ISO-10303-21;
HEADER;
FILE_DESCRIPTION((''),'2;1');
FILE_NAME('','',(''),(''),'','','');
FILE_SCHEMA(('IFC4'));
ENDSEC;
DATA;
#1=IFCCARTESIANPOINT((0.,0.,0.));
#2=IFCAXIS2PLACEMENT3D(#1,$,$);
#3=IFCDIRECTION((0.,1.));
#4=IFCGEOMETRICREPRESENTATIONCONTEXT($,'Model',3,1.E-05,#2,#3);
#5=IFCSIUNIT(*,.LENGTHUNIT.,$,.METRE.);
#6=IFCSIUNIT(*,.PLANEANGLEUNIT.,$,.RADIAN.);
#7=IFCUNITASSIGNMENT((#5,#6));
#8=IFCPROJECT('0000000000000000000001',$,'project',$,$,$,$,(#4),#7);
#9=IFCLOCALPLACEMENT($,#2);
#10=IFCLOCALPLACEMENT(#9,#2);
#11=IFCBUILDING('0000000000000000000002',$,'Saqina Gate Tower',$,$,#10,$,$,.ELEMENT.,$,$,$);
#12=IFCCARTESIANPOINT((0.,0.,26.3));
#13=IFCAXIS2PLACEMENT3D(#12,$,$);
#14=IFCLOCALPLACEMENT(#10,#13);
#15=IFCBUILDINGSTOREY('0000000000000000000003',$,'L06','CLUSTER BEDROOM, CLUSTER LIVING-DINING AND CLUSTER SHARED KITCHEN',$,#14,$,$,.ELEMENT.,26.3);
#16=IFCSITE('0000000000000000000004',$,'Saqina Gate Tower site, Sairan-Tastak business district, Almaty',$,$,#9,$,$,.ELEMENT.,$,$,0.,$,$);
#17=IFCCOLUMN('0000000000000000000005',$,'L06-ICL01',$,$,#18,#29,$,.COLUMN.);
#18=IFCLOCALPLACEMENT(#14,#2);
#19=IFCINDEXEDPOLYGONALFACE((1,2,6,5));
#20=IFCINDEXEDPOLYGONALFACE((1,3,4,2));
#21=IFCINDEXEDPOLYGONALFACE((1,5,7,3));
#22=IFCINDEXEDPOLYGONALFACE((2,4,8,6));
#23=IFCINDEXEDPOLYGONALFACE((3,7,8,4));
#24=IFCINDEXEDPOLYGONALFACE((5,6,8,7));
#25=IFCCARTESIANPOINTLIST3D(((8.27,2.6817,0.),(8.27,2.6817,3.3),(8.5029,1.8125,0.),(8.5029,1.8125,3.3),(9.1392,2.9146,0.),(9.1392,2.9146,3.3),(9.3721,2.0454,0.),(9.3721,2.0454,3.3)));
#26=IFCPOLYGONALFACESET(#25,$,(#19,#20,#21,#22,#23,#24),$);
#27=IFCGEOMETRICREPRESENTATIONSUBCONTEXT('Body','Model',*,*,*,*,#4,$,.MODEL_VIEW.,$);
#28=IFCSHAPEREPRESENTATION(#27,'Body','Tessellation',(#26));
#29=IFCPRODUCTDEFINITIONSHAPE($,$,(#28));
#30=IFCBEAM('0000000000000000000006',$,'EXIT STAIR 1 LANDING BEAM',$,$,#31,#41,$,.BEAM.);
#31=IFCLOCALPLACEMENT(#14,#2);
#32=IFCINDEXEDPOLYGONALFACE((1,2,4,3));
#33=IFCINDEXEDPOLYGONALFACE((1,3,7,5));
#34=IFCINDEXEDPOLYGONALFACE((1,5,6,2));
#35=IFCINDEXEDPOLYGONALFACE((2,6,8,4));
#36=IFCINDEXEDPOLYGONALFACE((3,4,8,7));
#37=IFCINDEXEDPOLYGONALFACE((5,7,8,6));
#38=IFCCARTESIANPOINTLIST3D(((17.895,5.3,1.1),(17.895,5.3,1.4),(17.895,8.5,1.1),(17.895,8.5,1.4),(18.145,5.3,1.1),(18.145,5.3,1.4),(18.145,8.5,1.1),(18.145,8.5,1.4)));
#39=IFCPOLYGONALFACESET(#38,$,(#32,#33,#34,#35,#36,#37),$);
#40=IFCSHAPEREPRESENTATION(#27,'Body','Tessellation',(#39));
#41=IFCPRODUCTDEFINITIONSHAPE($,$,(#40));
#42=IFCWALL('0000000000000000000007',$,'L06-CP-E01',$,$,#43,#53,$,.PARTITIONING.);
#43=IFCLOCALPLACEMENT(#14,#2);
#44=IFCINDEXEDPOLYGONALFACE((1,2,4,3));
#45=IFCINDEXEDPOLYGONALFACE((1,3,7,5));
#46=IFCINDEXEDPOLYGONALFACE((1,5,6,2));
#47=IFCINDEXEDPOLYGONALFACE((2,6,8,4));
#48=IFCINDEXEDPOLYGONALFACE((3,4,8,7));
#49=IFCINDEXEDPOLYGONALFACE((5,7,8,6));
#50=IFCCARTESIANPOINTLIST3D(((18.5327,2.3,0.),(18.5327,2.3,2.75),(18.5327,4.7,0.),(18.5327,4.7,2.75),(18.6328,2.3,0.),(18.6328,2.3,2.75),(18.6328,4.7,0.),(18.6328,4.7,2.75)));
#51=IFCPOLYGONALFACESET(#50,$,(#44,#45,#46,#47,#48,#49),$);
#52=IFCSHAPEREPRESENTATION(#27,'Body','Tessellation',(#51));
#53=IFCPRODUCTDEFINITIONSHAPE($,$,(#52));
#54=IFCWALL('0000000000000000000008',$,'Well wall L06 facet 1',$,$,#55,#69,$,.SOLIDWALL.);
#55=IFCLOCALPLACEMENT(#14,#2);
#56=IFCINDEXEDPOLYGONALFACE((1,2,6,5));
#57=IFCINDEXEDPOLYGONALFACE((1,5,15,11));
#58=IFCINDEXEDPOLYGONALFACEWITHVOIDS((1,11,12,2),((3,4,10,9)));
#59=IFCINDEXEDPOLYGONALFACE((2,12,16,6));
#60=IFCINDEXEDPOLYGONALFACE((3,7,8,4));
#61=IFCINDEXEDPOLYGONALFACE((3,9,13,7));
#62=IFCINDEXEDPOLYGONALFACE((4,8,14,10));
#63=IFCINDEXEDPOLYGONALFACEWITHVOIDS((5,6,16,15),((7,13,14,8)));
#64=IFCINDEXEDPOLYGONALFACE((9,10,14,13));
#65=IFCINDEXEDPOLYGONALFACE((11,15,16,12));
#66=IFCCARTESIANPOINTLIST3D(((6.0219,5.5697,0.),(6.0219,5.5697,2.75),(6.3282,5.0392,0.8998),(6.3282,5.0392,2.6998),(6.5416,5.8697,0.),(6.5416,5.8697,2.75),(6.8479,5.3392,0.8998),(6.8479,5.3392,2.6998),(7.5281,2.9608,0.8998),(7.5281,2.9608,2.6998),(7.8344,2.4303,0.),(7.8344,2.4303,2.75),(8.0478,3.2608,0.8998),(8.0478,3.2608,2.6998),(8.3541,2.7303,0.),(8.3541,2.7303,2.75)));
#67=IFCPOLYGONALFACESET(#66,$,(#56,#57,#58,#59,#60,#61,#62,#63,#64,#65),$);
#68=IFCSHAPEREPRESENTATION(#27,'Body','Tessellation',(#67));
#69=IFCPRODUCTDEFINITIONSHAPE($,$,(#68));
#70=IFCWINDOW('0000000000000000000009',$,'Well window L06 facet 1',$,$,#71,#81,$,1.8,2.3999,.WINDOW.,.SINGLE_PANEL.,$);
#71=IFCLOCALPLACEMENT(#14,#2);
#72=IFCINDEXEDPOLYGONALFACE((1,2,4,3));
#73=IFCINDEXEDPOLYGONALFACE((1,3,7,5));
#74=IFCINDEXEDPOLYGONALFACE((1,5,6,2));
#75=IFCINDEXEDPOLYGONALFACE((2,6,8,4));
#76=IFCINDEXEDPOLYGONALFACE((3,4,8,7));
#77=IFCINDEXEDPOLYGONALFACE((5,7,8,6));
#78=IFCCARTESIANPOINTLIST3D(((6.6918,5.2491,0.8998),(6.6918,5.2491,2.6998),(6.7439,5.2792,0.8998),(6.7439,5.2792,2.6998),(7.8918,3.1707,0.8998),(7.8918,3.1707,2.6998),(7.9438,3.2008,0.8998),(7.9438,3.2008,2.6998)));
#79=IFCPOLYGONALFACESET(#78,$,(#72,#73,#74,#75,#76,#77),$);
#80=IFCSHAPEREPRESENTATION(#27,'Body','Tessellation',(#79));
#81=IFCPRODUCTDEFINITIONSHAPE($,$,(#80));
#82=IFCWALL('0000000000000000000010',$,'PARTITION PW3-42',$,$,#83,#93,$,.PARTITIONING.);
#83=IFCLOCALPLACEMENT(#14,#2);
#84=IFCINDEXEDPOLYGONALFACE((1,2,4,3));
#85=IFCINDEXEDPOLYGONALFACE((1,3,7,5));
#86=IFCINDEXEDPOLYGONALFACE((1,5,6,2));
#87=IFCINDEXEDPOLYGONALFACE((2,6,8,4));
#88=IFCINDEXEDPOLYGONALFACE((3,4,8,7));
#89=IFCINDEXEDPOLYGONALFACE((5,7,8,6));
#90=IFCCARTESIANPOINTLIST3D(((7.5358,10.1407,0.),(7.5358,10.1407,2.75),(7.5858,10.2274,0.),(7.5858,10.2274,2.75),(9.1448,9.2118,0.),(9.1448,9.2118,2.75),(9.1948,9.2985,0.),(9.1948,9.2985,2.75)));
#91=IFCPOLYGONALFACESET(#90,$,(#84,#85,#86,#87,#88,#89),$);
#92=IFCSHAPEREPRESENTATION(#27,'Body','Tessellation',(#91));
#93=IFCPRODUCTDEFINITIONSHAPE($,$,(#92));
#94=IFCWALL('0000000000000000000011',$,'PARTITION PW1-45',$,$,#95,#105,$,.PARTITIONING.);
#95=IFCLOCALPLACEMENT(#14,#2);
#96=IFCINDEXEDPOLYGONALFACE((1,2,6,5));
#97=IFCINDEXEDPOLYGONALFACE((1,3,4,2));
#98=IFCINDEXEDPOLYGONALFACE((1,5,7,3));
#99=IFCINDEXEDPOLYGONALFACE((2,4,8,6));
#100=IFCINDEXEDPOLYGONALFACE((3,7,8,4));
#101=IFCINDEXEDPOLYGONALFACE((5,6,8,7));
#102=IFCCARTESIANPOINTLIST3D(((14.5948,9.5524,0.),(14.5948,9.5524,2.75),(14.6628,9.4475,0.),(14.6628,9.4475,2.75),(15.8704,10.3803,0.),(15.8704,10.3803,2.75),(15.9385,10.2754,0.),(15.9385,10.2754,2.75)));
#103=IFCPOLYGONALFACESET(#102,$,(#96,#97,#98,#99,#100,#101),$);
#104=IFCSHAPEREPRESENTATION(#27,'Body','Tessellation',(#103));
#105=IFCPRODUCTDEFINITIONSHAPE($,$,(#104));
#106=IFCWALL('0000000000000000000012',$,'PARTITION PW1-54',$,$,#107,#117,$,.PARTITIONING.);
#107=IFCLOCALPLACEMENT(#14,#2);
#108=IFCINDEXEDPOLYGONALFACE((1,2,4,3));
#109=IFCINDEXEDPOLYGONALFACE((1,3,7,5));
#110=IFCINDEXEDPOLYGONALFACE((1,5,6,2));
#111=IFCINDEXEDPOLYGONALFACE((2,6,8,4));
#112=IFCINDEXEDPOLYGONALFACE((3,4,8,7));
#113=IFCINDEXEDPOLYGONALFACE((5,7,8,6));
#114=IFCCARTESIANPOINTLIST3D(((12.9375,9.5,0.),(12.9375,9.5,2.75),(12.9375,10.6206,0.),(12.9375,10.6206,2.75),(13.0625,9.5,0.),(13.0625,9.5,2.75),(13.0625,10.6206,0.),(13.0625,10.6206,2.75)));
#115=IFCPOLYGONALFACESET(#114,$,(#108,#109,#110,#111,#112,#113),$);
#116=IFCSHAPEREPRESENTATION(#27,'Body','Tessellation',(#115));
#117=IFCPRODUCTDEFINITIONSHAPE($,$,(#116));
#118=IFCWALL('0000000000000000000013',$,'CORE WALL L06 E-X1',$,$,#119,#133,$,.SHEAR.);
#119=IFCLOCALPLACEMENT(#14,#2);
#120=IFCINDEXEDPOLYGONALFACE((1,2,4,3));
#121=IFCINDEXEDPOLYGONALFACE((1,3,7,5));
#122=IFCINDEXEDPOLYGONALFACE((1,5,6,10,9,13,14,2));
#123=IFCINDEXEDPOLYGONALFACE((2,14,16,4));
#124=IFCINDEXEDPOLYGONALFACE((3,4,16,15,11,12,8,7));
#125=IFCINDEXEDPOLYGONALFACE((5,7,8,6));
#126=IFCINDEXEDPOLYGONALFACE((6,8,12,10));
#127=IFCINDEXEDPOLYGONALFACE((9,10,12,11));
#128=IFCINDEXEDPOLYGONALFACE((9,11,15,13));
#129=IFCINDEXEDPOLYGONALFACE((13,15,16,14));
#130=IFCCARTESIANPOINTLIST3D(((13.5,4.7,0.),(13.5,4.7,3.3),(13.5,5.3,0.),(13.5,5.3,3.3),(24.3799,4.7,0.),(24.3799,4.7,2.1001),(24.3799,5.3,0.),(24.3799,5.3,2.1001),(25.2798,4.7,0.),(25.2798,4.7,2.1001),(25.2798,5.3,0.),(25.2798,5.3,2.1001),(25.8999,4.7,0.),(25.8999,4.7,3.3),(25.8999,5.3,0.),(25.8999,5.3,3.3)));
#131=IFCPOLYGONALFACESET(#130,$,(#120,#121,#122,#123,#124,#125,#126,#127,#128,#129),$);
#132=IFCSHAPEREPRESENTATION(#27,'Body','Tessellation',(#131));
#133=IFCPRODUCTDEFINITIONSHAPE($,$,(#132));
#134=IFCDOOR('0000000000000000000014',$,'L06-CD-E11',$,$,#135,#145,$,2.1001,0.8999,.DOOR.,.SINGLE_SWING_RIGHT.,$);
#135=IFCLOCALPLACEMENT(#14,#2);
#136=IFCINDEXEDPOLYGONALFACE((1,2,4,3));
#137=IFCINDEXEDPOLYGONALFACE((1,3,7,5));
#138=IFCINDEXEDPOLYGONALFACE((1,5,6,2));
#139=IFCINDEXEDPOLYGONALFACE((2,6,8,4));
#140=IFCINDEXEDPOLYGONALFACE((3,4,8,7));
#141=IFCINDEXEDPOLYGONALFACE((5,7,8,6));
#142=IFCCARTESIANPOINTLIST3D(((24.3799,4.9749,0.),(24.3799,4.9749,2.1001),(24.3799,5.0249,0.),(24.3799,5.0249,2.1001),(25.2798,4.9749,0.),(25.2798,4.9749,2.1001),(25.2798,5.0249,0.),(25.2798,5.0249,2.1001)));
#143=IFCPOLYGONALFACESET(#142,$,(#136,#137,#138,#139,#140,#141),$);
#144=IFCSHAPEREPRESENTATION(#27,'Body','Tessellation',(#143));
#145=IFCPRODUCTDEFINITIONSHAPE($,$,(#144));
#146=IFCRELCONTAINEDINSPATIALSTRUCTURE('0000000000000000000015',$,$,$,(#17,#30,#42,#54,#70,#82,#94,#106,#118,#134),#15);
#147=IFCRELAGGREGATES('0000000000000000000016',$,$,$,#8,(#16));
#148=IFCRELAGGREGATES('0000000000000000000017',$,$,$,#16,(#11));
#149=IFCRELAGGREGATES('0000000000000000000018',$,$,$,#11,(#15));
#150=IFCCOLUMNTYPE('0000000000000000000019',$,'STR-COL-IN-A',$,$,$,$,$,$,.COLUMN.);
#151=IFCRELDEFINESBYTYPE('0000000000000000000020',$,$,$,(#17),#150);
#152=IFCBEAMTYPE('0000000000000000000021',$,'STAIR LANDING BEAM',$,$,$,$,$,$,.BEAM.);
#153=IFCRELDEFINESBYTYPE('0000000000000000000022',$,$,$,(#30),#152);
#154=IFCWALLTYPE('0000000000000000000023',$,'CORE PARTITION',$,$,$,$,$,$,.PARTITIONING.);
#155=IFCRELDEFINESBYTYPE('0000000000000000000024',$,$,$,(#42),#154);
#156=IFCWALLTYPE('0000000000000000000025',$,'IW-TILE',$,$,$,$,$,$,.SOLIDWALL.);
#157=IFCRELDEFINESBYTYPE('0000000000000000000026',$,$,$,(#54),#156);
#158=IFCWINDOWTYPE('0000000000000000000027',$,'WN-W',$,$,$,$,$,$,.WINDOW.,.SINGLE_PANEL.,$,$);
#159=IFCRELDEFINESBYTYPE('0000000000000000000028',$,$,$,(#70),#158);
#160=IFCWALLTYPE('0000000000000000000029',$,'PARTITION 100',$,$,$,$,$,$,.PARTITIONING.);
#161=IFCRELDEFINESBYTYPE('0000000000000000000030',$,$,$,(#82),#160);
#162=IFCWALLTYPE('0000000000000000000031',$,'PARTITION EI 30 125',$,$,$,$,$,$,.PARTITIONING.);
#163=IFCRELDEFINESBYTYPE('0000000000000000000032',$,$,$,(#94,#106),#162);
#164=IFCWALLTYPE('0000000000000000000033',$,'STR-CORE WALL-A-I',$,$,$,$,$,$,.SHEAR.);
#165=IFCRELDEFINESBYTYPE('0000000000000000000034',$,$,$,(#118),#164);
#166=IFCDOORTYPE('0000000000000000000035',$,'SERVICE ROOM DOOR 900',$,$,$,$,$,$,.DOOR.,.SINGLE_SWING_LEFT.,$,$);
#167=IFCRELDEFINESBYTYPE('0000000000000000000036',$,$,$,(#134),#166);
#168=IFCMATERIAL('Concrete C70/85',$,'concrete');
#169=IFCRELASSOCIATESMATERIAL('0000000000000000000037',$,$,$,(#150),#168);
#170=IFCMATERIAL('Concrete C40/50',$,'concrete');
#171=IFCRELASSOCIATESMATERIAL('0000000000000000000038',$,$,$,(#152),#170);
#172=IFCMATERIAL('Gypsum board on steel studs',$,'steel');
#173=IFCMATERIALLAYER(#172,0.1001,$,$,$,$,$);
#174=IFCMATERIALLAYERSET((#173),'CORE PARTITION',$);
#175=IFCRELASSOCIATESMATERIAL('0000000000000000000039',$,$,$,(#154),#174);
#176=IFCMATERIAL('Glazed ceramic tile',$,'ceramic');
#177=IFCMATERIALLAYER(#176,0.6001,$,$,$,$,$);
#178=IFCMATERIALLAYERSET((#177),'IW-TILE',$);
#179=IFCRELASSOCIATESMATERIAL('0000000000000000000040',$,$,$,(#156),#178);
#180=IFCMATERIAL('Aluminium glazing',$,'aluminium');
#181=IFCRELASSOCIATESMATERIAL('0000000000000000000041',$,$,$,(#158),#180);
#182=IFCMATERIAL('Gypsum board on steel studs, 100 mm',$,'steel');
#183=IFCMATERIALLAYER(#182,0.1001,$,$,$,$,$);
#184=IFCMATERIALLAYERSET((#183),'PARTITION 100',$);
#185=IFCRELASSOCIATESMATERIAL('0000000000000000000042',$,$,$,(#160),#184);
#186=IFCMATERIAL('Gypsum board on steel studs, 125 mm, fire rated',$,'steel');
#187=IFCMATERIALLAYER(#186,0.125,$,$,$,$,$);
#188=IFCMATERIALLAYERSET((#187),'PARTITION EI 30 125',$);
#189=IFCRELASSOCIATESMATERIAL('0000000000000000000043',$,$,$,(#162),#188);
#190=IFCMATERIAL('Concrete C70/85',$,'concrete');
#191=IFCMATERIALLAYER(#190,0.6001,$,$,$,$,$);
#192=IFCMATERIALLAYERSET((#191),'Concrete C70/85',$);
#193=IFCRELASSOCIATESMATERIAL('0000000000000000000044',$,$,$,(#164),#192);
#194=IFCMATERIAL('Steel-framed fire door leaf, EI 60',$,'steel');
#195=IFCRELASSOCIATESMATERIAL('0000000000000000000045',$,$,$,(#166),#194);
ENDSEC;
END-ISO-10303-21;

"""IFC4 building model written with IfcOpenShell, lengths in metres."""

from ifc_helpers import new_model, si_unit, direction, frame, frame_2d, origin, origin_2d, place, context, subcontext, project, spatial, rectangle, extrude, material, layer, layer_set, material_profile, profile_set, type_object, element, fill, save


model = new_model("IFC4")

# Units and contexts
model_context = context("Model", 3, precision=1e-05, world=origin(), true_north=direction((0.0, 1.0)))
body_context = subcontext(model_context, "Body", "Model", "MODEL_VIEW")
ifc_project = project(units=[si_unit("LENGTHUNIT", "METRE"), si_unit("PLANEANGLEUNIT", "RADIAN")], contexts=[model_context])

# Site, building, storey
site_placement = place(None, origin())
site = spatial("IfcSite", under=ifc_project, at=site_placement, Name="Saqina Gate Tower site, Sairan-Tastak business district, Almaty", CompositionType="ELEMENT", RefElevation=0.0)
building_placement = place(site_placement, origin())
building = spatial("IfcBuilding", under=site, at=building_placement, Name="Saqina Gate Tower", CompositionType="ELEMENT")
storey_placement = place(building_placement, frame((0.0, 0.0, 26.3)))
storey = spatial("IfcBuildingStorey", under=building, at=storey_placement, Name="L06", Description="CLUSTER BEDROOM, CLUSTER LIVING-DINING AND CLUSTER SHARED KITCHEN", CompositionType="ELEMENT", Elevation=26.3)

# Column
ifc_material_1 = material(Name="Concrete C70/85", Category="concrete")
ifc_material_profile_1 = material_profile(ifc_material_1, rectangle(XDim=0.8999, YDim=0.8999, at=origin_2d()), Name="RC 900x900")
ifc_profile_set_1 = profile_set([ifc_material_profile_1], Name="Concrete C70/85")
column_type = type_object("IfcColumnType", Name="STR-COL-IN-A", PredefinedType="COLUMN", material=ifc_profile_set_1)
column_placement = place(storey_placement, frame((8.821, 2.3635, 0.0), z_axis=(0.0, 0.0, 1.0), x_axis=(0.965926, 0.258819, 0.0)))
element("IfcColumn", 1, at=column_placement, inside=storey, type_object=column_type, Name="L06-ICL01", PredefinedType="COLUMN", context=body_context, shape_type="SweptSolid", body=[
    extrude(rectangle(XDim=0.8999, YDim=0.8999, at=origin_2d()), origin(), (0.0, 0.0, 1.0), 3.3),
])

# Beam
ifc_material_2 = material(Name="Concrete C40/50", Category="concrete")
ifc_material_profile_2 = material_profile(ifc_material_2, rectangle(XDim=0.25, YDim=0.3, at=origin_2d()), Name="STAIR LANDING BEAM")
ifc_profile_set_2 = profile_set([ifc_material_profile_2], Name="Concrete C40/50")
beam_type = type_object("IfcBeamType", Name="STAIR LANDING BEAM", PredefinedType="BEAM", material=ifc_profile_set_2)
beam_placement = place(storey_placement, frame((18.02, 5.3, 1.25), z_axis=(0.0, 1.0, 0.0), x_axis=(-1.0, 0.0, 0.0)))
element("IfcBeam", 2, at=beam_placement, inside=storey, type_object=beam_type, Name="EXIT STAIR 1 LANDING BEAM", PredefinedType="BEAM", context=body_context, shape_type="SweptSolid", body=[
    extrude(rectangle(XDim=0.25, YDim=0.3, at=origin_2d()), origin(), (0.0, 0.0, 1.0), 3.2),
])

# Wall
ifc_material_3 = material(Name="Gypsum board on steel studs", Category="steel")
ifc_layer_1 = layer(ifc_material_3, 0.1001)
ifc_layer_set_1 = layer_set([ifc_layer_1], Name="CORE PARTITION")
wall_type_1 = type_object("IfcWallType", Name="CORE PARTITION", PredefinedType="PARTITIONING", material=ifc_layer_set_1)
wall_1_placement = place(storey_placement, frame((18.5828, 2.3, 0.0), z_axis=(0.0, 0.0, 1.0), x_axis=(0.0, 1.0, 0.0)))
element("IfcWall", 3, at=wall_1_placement, inside=storey, type_object=wall_type_1, Name="L06-CP-E01", PredefinedType="PARTITIONING", context=body_context, shape_type="SweptSolid", body=[
    extrude(rectangle(XDim=2.3999, YDim=0.1001, at=frame_2d((1.2, 0.0))), origin(), (0.0, 0.0, 1.0), 2.75),
])

# Wall, opening, window
ifc_material_4 = material(Name="Glazed ceramic tile", Category="ceramic")
ifc_layer_2 = layer(ifc_material_4, 0.6001)
ifc_layer_set_2 = layer_set([ifc_layer_2], Name="IW-TILE")
wall_type_2 = type_object("IfcWallType", Name="IW-TILE", PredefinedType="SOLIDWALL", material=ifc_layer_set_2)
wall_2_placement = place(storey_placement, frame((8.0942, 2.5803, 0.0), z_axis=(0.0, 0.0, 1.0), x_axis=(-0.499993, 0.86603, 0.0)))
wall_2 = element("IfcWall", 4, at=wall_2_placement, inside=storey, type_object=wall_type_2, Name="Well wall L06 facet 1", PredefinedType="SOLIDWALL", context=body_context, shape_type="SweptSolid", body=[
    extrude(rectangle(XDim=3.625, YDim=0.6001, at=frame_2d((1.8125, 0.0))), origin(), (0.0, 0.0, 1.0), 2.75),
])
opening_1_placement = place(wall_2_placement, frame((0.6125, 0.0, 0.8999)))
opening_1 = element("IfcOpeningElement", 5, at=opening_1_placement, cuts=wall_2, PredefinedType="OPENING", context=body_context, shape_type="SweptSolid", body=[
    extrude(rectangle(XDim=2.3999, YDim=1.8, at=frame_2d((1.2, 0.8999))), frame((0.0, 0.312, 0.0), z_axis=(0.0, -1.0, 0.0), x_axis=(1.0, 0.0, 0.0)), (0.0, 0.0, 1.0), 0.624),
])
ifc_material_5 = material(Name="Aluminium glazing", Category="aluminium")
window_type = type_object("IfcWindowType", Name="WN-W", PartitioningType="SINGLE_PANEL", PredefinedType="WINDOW", material=ifc_material_5)
window_placement = place(opening_1_placement, origin())
window = element("IfcWindow", 6, at=window_placement, inside=storey, type_object=window_type, Name="Well window L06 facet 1", OverallHeight=1.8, OverallWidth=2.3999, PartitioningType="SINGLE_PANEL", PredefinedType="WINDOW", context=body_context, shape_type="SweptSolid", body=[
    extrude(rectangle(XDim=2.3999, YDim=1.8, at=frame_2d((1.2, 0.8999))), frame((0.0, -0.1199, 0.0), z_axis=(0.0, -1.0, 0.0), x_axis=(1.0, 0.0, 0.0)), (0.0, 0.0, 1.0), 0.0601),
])
fill(opening_1, window)

# Walls
ifc_material_6 = material(Name="Gypsum board on steel studs, 100 mm", Category="steel")
ifc_layer_3 = layer(ifc_material_6, 0.1001)
ifc_layer_set_3 = layer_set([ifc_layer_3], Name="PARTITION 100")
wall_type_3 = type_object("IfcWallType", Name="PARTITION 100", PredefinedType="PARTITIONING", material=ifc_layer_set_3)
wall_3_placement = place(storey_placement, frame((7.5608, 10.1841, 0.0), z_axis=(0.0, 0.0, 1.0), x_axis=(0.866043, -0.499969, 0.0)))
element("IfcWall", 7, at=wall_3_placement, inside=storey, type_object=wall_type_3, Name="PARTITION PW3-42", PredefinedType="PARTITIONING", context=body_context, shape_type="SweptSolid", body=[
    extrude(rectangle(XDim=1.8579, YDim=0.1001, at=frame_2d((0.929, 0.0))), origin(), (0.0, 0.0, 1.0), 2.75),
])
ifc_material_7 = material(Name="Gypsum board on steel studs, 125 mm, fire rated", Category="steel")
ifc_layer_4 = layer(ifc_material_7, 0.125)
ifc_layer_set_4 = layer_set([ifc_layer_4], Name="PARTITION EI 30 125")
wall_type_4 = type_object("IfcWallType", Name="PARTITION EI 30 125", PredefinedType="PARTITIONING", material=ifc_layer_set_4)
wall_4_placement = place(storey_placement, frame((14.6289, 9.5, 0.0), z_axis=(0.0, 0.0, 1.0), x_axis=(0.838829, 0.544396, 0.0)))
element("IfcWall", 8, at=wall_4_placement, inside=storey, type_object=wall_type_4, Name="PARTITION PW1-45", PredefinedType="PARTITIONING", context=body_context, shape_type="SweptSolid", body=[
    extrude(rectangle(XDim=1.5208, YDim=0.125, at=frame_2d((0.7603, 0.0))), origin(), (0.0, 0.0, 1.0), 2.75),
])
wall_5_placement = place(storey_placement, frame((13.0, 9.5, 0.0), z_axis=(0.0, 0.0, 1.0), x_axis=(0.0, 1.0, 0.0)))
element("IfcWall", 9, at=wall_5_placement, inside=storey, type_object=wall_type_4, Name="PARTITION PW1-54", PredefinedType="PARTITIONING", context=body_context, shape_type="SweptSolid", body=[
    extrude(rectangle(XDim=1.1206, YDim=0.125, at=frame_2d((0.5603, 0.0))), origin(), (0.0, 0.0, 1.0), 2.75),
])

# Wall, opening, door
ifc_material_8 = material(Name="Concrete C70/85", Category="concrete")
ifc_layer_5 = layer(ifc_material_8, 0.6001)
ifc_layer_set_5 = layer_set([ifc_layer_5], Name="Concrete C70/85")
wall_type_5 = type_object("IfcWallType", Name="STR-CORE WALL-A-I", PredefinedType="SHEAR", material=ifc_layer_set_5)
wall_6_placement = place(storey_placement, frame((13.5, 5.0, 0.0), z_axis=(0.0, 0.0, 1.0), x_axis=(1.0, 0.0, 0.0)))
wall_6 = element("IfcWall", 10, at=wall_6_placement, inside=storey, type_object=wall_type_5, Name="CORE WALL L06 E-X1", PredefinedType="SHEAR", context=body_context, shape_type="SweptSolid", body=[
    extrude(rectangle(XDim=12.3999, YDim=0.6001, at=frame_2d((6.2, 0.0))), origin(), (0.0, 0.0, 1.0), 3.3),
])
opening_2_placement = place(wall_6_placement, frame((10.8799, 0.0, 0.0)))
opening_2 = element("IfcOpeningElement", 11, at=opening_2_placement, cuts=wall_6, PredefinedType="OPENING", context=body_context, shape_type="SweptSolid", body=[
    extrude(rectangle(XDim=0.8999, YDim=2.1001, at=frame_2d((0.45, 1.05))), frame((0.0, 0.312, 0.0), z_axis=(0.0, -1.0, 0.0), x_axis=(1.0, 0.0, 0.0)), (0.0, 0.0, 1.0), 0.624),
])
ifc_material_9 = material(Name="Steel-framed fire door leaf, EI 60", Category="steel")
door_type_1 = type_object("IfcDoorType", Name="SERVICE ROOM DOOR 900", OperationType="SINGLE_SWING_LEFT", PredefinedType="DOOR", material=ifc_material_9)
door_1_placement = place(opening_2_placement, origin())
door_1 = element("IfcDoor", 12, at=door_1_placement, inside=storey, type_object=door_type_1, Name="L06-CD-E11", OperationType="SINGLE_SWING_RIGHT", OverallHeight=2.1001, OverallWidth=0.8999, PredefinedType="DOOR", context=body_context, shape_type="SweptSolid", body=[
    extrude(rectangle(XDim=0.8999, YDim=2.1001, at=frame_2d((0.45, 1.05))), frame((0.0, 0.0249, 0.0), z_axis=(0.0, -1.0, 0.0), x_axis=(1.0, 0.0, 0.0)), (0.0, 0.0, 1.0), 0.05),
])
fill(opening_2, door_1)

save(model, "model.ifc")
